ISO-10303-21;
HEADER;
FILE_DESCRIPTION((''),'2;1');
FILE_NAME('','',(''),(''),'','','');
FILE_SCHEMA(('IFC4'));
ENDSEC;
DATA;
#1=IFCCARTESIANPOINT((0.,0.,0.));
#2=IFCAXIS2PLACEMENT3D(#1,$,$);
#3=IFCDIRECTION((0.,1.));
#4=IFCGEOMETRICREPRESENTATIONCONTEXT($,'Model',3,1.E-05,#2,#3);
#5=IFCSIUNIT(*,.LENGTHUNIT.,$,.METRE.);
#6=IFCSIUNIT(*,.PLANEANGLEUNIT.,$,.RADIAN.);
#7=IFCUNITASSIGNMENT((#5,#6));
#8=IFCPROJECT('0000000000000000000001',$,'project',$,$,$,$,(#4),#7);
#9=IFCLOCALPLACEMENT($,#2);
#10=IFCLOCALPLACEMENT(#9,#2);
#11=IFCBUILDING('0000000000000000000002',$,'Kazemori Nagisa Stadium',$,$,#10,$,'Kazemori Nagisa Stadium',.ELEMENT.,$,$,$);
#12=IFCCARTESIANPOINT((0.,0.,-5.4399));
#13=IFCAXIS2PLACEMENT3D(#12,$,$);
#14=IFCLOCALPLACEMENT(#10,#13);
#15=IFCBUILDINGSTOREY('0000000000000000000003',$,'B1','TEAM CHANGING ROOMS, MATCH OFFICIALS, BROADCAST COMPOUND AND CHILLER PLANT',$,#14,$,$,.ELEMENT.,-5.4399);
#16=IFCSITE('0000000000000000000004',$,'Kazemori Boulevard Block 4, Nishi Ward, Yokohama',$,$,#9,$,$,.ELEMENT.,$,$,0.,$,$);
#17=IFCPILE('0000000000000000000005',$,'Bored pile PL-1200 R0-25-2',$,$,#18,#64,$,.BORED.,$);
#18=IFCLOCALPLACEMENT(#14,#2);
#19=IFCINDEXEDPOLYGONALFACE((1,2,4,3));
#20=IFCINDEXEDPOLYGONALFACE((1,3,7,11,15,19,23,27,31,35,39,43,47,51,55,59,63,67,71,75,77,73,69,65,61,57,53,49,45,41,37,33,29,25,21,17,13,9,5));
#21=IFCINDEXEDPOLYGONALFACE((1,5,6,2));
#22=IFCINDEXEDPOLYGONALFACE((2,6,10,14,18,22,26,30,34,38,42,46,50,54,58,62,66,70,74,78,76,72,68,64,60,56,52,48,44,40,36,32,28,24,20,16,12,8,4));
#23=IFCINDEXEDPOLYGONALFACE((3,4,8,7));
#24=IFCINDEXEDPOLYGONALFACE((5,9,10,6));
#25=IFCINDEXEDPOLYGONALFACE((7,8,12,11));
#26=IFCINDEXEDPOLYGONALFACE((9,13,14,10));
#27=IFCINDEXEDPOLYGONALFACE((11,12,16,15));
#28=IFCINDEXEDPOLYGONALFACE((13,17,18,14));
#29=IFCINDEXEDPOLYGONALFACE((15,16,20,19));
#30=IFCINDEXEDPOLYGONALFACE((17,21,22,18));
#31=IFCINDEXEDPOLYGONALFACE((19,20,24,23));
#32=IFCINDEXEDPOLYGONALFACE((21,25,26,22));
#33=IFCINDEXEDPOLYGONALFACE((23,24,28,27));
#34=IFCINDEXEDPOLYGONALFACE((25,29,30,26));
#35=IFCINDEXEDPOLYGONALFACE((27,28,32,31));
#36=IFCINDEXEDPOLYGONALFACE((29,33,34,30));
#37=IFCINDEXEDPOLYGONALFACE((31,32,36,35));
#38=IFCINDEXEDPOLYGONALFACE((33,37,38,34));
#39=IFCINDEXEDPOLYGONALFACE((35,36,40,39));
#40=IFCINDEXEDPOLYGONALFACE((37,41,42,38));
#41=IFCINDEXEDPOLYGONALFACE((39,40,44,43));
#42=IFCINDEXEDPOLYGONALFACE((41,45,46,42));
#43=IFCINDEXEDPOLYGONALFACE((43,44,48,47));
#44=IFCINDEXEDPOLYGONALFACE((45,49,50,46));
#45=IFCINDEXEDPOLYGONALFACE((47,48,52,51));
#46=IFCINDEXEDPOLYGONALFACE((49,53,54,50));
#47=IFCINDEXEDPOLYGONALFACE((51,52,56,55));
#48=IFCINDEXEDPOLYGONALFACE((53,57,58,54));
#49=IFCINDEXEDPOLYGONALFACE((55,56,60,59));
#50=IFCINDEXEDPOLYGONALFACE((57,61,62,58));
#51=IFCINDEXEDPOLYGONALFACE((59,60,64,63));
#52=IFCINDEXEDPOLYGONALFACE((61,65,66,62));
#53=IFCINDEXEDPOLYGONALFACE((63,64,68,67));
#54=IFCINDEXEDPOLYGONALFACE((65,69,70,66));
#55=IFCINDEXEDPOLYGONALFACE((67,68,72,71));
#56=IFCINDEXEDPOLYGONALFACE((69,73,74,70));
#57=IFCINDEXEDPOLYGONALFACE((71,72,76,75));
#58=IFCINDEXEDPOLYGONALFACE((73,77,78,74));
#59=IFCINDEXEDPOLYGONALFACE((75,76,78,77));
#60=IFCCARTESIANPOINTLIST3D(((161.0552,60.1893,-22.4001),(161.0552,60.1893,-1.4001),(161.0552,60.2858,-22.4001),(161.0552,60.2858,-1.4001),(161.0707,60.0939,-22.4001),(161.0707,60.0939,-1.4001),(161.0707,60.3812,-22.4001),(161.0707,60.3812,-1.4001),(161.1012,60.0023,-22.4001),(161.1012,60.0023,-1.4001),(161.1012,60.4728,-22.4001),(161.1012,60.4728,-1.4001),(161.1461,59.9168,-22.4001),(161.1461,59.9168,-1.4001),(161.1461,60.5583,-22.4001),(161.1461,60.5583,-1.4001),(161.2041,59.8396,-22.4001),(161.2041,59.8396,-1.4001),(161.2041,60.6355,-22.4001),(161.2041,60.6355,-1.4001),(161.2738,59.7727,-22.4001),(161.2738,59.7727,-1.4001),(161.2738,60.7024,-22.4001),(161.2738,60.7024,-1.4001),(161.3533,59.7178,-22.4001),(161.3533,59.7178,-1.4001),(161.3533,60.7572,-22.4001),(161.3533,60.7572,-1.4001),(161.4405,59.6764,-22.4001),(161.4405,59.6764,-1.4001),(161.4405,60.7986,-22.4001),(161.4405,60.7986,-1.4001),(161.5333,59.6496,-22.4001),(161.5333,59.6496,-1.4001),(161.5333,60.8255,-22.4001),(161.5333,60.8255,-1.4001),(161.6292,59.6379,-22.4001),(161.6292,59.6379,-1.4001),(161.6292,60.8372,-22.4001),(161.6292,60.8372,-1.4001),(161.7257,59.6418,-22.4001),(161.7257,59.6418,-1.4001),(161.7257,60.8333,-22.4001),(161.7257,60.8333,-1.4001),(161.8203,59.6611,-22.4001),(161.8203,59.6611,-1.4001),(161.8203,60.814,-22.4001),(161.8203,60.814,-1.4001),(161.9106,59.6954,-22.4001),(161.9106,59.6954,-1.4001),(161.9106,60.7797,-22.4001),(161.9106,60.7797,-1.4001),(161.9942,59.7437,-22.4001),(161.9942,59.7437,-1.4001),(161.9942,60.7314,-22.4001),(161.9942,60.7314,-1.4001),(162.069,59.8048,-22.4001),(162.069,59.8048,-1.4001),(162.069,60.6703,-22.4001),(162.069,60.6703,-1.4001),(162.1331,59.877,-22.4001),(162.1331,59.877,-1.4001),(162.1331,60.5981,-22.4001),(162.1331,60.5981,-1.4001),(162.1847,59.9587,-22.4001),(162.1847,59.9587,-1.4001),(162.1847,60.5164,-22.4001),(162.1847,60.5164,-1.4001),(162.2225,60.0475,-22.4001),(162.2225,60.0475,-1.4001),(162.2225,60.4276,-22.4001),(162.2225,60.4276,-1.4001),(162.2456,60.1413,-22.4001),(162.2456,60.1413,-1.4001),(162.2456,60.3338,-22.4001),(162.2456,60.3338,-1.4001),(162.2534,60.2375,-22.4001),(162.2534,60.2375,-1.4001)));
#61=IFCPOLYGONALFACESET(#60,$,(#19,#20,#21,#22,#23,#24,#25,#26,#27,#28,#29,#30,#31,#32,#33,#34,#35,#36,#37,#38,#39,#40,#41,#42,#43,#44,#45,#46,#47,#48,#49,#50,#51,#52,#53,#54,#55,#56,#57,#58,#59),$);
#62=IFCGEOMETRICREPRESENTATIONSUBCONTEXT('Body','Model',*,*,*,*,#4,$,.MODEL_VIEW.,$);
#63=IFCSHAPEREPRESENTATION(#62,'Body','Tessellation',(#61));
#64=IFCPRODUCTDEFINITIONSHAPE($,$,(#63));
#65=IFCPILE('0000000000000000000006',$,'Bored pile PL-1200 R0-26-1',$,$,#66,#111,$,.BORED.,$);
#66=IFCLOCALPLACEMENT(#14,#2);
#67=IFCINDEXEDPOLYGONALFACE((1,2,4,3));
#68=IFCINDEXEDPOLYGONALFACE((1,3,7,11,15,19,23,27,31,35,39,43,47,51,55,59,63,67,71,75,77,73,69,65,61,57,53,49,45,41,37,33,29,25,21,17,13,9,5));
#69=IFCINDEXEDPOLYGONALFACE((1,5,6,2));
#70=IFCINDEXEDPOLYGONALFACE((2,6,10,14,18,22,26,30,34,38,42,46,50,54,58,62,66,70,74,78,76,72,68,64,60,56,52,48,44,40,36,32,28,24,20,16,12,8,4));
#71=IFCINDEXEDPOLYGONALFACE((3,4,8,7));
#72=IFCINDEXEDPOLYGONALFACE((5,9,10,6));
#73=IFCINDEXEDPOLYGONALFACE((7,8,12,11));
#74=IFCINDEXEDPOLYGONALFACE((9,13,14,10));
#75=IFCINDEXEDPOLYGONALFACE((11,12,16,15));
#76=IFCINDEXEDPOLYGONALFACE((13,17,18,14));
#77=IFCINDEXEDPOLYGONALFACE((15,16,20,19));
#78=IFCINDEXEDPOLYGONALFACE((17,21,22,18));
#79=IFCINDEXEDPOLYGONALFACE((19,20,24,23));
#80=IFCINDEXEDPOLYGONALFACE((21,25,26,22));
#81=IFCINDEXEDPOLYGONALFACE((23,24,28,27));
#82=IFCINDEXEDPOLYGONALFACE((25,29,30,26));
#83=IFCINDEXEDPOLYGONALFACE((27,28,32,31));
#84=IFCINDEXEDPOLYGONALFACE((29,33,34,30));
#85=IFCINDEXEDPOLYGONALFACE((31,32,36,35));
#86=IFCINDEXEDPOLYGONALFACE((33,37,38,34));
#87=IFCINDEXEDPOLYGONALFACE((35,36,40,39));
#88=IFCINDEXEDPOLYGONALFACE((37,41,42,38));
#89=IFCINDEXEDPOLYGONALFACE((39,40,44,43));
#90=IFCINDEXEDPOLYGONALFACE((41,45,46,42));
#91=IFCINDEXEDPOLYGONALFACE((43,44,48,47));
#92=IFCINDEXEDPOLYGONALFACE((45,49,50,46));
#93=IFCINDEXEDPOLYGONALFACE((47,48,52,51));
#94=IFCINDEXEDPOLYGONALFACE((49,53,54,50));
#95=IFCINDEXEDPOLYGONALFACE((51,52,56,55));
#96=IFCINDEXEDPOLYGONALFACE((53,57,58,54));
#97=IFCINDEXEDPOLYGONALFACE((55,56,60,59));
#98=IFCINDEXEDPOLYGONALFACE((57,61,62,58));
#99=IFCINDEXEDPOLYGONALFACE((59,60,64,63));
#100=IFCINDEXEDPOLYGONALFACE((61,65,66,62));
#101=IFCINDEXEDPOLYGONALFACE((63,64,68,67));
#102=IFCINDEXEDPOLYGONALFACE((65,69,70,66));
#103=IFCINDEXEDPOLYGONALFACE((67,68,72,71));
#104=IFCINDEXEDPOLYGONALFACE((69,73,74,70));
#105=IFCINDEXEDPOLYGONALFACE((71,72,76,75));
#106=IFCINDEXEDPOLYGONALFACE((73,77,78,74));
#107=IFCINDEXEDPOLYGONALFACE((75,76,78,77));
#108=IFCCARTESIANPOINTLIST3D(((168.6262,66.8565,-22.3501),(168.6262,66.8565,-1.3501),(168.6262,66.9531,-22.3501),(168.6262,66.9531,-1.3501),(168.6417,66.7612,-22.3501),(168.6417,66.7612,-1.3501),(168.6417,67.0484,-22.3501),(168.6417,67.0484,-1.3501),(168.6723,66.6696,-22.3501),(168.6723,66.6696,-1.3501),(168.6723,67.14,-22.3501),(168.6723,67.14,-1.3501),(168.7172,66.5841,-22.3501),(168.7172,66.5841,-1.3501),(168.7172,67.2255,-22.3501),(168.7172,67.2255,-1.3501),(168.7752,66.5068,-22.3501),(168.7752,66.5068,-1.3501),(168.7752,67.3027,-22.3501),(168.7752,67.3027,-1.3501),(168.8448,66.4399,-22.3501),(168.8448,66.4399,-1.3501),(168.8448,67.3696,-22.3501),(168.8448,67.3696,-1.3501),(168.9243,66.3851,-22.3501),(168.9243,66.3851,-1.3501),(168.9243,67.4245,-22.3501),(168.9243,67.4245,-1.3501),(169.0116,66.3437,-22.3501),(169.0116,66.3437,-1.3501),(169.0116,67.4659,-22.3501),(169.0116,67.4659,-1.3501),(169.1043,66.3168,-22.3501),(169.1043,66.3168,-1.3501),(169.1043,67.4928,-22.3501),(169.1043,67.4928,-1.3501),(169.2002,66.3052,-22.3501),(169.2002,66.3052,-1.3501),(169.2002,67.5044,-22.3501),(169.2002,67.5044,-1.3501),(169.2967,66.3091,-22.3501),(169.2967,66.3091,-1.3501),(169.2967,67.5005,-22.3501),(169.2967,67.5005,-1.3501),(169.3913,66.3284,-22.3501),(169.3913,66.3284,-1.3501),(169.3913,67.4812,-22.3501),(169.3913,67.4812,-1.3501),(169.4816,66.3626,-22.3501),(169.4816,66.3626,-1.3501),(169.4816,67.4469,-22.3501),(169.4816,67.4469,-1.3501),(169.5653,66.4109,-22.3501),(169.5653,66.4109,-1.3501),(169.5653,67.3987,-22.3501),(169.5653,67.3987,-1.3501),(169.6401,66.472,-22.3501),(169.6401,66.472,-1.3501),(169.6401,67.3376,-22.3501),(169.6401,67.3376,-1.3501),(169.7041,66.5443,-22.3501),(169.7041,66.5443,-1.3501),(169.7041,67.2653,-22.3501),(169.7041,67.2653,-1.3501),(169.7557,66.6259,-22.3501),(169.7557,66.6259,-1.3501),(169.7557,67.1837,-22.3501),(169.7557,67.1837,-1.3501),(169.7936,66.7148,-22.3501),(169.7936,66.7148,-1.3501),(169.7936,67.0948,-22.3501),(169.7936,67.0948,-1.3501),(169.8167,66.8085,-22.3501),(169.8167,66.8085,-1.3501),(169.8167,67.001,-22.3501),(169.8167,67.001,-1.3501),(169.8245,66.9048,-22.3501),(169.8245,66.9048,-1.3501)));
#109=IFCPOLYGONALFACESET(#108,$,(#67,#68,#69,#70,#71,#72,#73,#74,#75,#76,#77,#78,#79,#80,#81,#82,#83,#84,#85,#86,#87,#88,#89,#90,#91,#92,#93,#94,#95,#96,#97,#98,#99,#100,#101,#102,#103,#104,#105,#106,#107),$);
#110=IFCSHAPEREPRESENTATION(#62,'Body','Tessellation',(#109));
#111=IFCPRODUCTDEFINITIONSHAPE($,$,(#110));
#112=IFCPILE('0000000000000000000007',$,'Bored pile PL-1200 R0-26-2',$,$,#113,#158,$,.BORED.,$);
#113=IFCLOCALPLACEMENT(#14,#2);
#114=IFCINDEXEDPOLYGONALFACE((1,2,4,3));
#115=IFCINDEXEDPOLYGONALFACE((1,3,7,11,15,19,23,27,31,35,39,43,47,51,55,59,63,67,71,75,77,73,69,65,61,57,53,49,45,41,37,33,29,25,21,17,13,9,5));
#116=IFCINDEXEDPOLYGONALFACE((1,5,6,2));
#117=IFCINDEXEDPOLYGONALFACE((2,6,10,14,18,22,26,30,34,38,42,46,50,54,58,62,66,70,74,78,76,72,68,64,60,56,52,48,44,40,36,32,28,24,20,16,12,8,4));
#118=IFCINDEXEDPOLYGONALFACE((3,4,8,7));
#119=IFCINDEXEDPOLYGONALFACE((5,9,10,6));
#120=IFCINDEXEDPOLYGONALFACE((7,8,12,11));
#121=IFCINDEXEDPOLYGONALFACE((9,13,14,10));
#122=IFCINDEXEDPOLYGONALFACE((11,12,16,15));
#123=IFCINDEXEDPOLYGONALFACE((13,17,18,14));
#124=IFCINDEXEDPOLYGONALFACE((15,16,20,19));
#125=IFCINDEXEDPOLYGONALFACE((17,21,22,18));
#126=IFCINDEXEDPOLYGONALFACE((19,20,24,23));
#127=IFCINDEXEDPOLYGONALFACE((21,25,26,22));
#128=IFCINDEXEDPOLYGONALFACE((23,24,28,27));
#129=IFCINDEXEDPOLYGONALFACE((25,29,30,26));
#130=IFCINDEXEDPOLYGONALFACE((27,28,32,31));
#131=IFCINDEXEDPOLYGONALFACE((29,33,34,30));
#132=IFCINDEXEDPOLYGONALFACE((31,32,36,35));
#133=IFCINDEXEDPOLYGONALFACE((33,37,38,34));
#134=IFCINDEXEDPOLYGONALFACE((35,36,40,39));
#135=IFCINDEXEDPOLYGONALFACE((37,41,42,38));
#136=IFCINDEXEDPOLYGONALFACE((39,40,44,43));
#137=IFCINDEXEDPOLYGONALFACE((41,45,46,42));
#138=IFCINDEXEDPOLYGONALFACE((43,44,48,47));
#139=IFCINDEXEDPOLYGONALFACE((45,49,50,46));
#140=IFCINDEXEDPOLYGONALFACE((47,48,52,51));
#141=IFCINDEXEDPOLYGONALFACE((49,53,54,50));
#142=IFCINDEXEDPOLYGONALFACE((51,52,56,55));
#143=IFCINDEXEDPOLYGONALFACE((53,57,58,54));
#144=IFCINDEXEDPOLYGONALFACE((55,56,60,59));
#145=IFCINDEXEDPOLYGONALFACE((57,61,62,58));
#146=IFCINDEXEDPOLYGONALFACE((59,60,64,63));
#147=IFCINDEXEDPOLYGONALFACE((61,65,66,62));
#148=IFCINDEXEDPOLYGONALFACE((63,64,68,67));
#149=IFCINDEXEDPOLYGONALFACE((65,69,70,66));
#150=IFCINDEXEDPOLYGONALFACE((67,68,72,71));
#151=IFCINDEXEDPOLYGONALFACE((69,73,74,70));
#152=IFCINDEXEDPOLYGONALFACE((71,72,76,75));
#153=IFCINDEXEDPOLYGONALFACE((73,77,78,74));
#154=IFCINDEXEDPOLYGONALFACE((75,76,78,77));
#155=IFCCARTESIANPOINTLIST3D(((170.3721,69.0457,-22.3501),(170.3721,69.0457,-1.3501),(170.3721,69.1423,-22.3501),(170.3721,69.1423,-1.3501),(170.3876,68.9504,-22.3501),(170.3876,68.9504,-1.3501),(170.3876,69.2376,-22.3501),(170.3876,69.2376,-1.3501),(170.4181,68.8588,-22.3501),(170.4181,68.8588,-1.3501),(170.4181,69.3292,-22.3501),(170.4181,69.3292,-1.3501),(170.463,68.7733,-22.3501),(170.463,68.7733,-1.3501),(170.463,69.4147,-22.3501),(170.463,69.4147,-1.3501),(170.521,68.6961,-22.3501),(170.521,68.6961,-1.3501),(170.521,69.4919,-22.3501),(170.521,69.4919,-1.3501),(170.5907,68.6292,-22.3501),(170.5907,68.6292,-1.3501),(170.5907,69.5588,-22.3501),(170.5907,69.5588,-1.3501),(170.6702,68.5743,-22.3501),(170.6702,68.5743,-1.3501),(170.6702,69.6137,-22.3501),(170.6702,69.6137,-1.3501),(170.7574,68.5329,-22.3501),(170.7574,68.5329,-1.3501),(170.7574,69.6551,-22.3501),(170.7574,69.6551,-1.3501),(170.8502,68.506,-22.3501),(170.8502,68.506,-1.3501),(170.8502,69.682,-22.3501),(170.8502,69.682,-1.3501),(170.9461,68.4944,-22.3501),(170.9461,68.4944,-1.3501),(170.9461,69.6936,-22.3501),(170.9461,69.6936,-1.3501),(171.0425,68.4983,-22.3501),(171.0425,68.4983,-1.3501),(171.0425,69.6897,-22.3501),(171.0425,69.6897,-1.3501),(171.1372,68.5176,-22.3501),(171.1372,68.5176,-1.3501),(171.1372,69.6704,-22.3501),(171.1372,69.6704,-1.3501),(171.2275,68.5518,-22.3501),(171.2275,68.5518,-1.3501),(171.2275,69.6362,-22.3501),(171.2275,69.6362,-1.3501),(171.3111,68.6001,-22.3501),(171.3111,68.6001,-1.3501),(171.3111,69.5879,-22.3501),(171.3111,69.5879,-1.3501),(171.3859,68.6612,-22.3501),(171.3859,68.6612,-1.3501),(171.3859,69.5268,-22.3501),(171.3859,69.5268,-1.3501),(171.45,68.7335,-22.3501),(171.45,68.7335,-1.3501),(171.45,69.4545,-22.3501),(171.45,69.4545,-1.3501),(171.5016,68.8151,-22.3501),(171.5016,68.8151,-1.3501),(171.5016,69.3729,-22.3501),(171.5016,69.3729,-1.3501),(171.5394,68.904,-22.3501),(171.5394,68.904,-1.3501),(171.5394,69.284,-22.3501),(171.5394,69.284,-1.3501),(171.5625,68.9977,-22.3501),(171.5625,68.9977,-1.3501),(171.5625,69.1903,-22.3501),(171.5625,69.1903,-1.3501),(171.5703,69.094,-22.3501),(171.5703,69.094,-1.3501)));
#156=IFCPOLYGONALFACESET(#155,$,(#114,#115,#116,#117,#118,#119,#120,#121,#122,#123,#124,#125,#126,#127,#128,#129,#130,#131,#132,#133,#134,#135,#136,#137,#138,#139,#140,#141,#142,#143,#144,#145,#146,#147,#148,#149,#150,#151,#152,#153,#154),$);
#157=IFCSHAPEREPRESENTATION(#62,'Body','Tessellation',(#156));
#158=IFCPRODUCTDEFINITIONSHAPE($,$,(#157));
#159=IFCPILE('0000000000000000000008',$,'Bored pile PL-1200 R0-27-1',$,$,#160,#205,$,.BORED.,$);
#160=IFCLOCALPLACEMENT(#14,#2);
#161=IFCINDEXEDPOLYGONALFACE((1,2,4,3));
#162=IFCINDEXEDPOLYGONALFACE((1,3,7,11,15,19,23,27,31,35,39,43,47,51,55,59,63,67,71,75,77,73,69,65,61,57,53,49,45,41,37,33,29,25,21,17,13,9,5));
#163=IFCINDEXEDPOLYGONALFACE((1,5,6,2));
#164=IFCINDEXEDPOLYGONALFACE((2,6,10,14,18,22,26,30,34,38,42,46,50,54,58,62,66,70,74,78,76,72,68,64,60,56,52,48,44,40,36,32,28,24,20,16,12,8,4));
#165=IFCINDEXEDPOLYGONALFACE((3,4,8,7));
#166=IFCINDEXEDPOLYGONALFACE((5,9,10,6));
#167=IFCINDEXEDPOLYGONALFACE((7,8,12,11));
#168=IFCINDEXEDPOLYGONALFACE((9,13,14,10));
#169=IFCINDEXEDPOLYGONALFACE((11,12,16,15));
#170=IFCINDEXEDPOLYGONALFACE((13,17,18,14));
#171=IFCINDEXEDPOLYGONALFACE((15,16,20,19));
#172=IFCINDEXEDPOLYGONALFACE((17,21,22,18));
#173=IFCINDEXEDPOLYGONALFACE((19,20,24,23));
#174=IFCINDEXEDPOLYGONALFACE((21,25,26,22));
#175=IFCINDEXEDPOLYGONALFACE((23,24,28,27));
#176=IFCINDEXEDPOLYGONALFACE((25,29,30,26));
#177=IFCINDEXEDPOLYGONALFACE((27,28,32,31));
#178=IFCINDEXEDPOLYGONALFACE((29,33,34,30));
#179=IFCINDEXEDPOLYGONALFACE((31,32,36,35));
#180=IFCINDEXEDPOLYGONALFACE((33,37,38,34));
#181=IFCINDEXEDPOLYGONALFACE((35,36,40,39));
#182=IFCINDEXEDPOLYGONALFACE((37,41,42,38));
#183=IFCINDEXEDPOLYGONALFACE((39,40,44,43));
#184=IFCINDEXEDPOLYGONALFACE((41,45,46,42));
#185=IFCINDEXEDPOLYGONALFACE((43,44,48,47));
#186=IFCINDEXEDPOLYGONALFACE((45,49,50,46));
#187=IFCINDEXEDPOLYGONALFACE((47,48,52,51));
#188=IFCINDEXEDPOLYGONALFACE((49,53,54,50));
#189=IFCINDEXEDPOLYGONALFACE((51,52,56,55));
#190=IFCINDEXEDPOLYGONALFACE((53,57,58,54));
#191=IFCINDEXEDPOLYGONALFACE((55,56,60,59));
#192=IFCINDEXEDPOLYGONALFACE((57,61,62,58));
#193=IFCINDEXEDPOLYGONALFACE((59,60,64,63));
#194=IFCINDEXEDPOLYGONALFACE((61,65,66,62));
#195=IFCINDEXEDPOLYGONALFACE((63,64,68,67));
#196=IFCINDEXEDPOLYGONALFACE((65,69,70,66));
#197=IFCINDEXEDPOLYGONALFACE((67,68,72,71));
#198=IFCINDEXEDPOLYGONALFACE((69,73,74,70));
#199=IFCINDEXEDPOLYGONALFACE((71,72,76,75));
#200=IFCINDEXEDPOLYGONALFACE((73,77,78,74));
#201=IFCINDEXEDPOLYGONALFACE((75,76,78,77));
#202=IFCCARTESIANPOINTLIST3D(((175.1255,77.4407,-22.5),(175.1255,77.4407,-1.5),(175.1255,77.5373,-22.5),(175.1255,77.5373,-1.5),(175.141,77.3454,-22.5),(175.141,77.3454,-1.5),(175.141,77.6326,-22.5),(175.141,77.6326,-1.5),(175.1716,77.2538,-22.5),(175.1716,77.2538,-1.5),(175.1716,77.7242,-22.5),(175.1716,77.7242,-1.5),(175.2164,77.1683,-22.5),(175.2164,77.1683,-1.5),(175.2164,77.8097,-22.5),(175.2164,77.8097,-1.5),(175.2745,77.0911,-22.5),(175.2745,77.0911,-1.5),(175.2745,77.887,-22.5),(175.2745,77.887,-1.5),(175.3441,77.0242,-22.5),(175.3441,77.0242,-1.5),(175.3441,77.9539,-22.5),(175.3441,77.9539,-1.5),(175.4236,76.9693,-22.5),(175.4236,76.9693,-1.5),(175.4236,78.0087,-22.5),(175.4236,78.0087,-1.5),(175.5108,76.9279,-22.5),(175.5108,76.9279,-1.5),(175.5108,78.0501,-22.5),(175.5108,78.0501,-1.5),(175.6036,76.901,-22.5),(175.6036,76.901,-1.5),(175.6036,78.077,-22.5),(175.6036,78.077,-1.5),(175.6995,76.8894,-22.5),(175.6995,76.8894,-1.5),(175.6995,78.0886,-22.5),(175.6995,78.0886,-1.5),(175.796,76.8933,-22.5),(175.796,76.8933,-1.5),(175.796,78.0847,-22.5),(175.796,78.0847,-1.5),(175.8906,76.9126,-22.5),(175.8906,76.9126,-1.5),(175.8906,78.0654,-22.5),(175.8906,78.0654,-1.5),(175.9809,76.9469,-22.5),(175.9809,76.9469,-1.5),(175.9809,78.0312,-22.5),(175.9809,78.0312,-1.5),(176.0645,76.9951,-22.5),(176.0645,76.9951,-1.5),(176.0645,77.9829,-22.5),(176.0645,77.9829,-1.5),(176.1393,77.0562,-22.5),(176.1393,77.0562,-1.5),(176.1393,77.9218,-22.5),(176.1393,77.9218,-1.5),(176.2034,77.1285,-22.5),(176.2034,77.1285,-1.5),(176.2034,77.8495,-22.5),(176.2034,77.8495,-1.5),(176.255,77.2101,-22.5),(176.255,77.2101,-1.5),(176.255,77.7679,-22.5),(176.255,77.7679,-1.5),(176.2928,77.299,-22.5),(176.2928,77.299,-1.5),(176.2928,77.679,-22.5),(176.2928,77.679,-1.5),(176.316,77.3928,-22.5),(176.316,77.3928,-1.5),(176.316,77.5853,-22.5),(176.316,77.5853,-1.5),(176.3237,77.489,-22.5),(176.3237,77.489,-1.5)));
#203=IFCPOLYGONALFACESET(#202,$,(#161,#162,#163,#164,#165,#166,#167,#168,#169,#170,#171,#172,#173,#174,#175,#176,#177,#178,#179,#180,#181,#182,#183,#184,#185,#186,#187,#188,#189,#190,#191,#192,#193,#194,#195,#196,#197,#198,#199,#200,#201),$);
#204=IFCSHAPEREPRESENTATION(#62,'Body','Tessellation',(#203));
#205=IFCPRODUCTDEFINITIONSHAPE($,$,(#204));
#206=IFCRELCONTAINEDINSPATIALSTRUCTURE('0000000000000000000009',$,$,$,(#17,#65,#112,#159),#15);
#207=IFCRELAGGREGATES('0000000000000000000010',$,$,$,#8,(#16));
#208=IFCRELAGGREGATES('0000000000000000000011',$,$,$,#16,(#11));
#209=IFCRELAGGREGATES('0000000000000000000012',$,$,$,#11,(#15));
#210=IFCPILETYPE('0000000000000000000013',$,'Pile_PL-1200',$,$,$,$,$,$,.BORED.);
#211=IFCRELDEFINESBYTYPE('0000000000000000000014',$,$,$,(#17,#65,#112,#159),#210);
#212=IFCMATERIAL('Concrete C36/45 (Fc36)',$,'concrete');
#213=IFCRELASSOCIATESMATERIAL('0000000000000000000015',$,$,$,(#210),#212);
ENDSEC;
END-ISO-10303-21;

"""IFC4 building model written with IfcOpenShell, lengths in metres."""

from ifc_helpers import new_model, si_unit, direction, frame, origin, origin_2d, place, context, subcontext, project, spatial, circle, extrude, material, material_profile, profile_set, type_object, element, save


model = new_model("IFC4")

# Units and contexts
model_context = context("Model", 3, precision=1e-05, world=origin(), true_north=direction((0.0, 1.0)))
body_context = subcontext(model_context, "Body", "Model", "MODEL_VIEW")
ifc_project = project(units=[si_unit("LENGTHUNIT", "METRE"), si_unit("PLANEANGLEUNIT", "RADIAN")], contexts=[model_context])

# Site, building, storey
site_placement = place(None, origin())
site = spatial("IfcSite", under=ifc_project, at=site_placement, Name="Kazemori Boulevard Block 4, Nishi Ward, Yokohama", CompositionType="ELEMENT", RefElevation=0.0)
building_placement = place(site_placement, origin())
building = spatial("IfcBuilding", under=site, at=building_placement, Name="Kazemori Nagisa Stadium", LongName="Kazemori Nagisa Stadium", CompositionType="ELEMENT")
storey_placement = place(building_placement, frame((0.0, 0.0, -5.4399)))
storey = spatial("IfcBuildingStorey", under=building, at=storey_placement, Name="B1", Description="TEAM CHANGING ROOMS, MATCH OFFICIALS, BROADCAST COMPOUND AND CHILLER PLANT", CompositionType="ELEMENT", Elevation=-5.4399)

# Piles
ifc_material_1 = material(Name="Concrete C36/45 (Fc36)", Category="concrete")
ifc_material_profile_1 = material_profile(ifc_material_1, circle(Radius=0.6001, at=origin_2d()), Name="PILE-D1200")
ifc_profile_set_1 = profile_set([ifc_material_profile_1], Name="Concrete C36/45 (Fc36)")
pile_type = type_object("IfcPileType", Name="Pile_PL-1200", PredefinedType="BORED", material=ifc_profile_set_1)
for number, where, z_axis, x_axis, name in (
    (1, (161.6533, 60.2375, -1.4001), (0.0, 0.0, -1.0), (1.0, 0.0, 0.0), "Bored pile PL-1200 R0-25-2"),
    (2, (169.2244, 66.9048, -1.3501), (0.0, 0.0, -1.0), (1.0, 0.0, 0.0), "Bored pile PL-1200 R0-26-1"),
    (3, (170.9702, 69.094, -1.3501), (0.0, 0.0, -1.0), (1.0, 0.0, 0.0), "Bored pile PL-1200 R0-26-2"),
    (4, (175.7236, 77.489, -1.5), (0.0, 0.0, -1.0), (1.0, 0.0, 0.0), "Bored pile PL-1200 R0-27-1"),
):
    element("IfcPile", number, at=place(storey_placement, frame(where, z_axis=z_axis, x_axis=x_axis)), inside=storey, type_object=pile_type, Name=name, PredefinedType="BORED", context=body_context, shape_type="SweptSolid", body=[
        extrude(circle(Radius=0.6001, at=origin_2d()), origin(), (0.0, 0.0, 1.0), 21.0),
    ])

save(model, "model.ifc")
